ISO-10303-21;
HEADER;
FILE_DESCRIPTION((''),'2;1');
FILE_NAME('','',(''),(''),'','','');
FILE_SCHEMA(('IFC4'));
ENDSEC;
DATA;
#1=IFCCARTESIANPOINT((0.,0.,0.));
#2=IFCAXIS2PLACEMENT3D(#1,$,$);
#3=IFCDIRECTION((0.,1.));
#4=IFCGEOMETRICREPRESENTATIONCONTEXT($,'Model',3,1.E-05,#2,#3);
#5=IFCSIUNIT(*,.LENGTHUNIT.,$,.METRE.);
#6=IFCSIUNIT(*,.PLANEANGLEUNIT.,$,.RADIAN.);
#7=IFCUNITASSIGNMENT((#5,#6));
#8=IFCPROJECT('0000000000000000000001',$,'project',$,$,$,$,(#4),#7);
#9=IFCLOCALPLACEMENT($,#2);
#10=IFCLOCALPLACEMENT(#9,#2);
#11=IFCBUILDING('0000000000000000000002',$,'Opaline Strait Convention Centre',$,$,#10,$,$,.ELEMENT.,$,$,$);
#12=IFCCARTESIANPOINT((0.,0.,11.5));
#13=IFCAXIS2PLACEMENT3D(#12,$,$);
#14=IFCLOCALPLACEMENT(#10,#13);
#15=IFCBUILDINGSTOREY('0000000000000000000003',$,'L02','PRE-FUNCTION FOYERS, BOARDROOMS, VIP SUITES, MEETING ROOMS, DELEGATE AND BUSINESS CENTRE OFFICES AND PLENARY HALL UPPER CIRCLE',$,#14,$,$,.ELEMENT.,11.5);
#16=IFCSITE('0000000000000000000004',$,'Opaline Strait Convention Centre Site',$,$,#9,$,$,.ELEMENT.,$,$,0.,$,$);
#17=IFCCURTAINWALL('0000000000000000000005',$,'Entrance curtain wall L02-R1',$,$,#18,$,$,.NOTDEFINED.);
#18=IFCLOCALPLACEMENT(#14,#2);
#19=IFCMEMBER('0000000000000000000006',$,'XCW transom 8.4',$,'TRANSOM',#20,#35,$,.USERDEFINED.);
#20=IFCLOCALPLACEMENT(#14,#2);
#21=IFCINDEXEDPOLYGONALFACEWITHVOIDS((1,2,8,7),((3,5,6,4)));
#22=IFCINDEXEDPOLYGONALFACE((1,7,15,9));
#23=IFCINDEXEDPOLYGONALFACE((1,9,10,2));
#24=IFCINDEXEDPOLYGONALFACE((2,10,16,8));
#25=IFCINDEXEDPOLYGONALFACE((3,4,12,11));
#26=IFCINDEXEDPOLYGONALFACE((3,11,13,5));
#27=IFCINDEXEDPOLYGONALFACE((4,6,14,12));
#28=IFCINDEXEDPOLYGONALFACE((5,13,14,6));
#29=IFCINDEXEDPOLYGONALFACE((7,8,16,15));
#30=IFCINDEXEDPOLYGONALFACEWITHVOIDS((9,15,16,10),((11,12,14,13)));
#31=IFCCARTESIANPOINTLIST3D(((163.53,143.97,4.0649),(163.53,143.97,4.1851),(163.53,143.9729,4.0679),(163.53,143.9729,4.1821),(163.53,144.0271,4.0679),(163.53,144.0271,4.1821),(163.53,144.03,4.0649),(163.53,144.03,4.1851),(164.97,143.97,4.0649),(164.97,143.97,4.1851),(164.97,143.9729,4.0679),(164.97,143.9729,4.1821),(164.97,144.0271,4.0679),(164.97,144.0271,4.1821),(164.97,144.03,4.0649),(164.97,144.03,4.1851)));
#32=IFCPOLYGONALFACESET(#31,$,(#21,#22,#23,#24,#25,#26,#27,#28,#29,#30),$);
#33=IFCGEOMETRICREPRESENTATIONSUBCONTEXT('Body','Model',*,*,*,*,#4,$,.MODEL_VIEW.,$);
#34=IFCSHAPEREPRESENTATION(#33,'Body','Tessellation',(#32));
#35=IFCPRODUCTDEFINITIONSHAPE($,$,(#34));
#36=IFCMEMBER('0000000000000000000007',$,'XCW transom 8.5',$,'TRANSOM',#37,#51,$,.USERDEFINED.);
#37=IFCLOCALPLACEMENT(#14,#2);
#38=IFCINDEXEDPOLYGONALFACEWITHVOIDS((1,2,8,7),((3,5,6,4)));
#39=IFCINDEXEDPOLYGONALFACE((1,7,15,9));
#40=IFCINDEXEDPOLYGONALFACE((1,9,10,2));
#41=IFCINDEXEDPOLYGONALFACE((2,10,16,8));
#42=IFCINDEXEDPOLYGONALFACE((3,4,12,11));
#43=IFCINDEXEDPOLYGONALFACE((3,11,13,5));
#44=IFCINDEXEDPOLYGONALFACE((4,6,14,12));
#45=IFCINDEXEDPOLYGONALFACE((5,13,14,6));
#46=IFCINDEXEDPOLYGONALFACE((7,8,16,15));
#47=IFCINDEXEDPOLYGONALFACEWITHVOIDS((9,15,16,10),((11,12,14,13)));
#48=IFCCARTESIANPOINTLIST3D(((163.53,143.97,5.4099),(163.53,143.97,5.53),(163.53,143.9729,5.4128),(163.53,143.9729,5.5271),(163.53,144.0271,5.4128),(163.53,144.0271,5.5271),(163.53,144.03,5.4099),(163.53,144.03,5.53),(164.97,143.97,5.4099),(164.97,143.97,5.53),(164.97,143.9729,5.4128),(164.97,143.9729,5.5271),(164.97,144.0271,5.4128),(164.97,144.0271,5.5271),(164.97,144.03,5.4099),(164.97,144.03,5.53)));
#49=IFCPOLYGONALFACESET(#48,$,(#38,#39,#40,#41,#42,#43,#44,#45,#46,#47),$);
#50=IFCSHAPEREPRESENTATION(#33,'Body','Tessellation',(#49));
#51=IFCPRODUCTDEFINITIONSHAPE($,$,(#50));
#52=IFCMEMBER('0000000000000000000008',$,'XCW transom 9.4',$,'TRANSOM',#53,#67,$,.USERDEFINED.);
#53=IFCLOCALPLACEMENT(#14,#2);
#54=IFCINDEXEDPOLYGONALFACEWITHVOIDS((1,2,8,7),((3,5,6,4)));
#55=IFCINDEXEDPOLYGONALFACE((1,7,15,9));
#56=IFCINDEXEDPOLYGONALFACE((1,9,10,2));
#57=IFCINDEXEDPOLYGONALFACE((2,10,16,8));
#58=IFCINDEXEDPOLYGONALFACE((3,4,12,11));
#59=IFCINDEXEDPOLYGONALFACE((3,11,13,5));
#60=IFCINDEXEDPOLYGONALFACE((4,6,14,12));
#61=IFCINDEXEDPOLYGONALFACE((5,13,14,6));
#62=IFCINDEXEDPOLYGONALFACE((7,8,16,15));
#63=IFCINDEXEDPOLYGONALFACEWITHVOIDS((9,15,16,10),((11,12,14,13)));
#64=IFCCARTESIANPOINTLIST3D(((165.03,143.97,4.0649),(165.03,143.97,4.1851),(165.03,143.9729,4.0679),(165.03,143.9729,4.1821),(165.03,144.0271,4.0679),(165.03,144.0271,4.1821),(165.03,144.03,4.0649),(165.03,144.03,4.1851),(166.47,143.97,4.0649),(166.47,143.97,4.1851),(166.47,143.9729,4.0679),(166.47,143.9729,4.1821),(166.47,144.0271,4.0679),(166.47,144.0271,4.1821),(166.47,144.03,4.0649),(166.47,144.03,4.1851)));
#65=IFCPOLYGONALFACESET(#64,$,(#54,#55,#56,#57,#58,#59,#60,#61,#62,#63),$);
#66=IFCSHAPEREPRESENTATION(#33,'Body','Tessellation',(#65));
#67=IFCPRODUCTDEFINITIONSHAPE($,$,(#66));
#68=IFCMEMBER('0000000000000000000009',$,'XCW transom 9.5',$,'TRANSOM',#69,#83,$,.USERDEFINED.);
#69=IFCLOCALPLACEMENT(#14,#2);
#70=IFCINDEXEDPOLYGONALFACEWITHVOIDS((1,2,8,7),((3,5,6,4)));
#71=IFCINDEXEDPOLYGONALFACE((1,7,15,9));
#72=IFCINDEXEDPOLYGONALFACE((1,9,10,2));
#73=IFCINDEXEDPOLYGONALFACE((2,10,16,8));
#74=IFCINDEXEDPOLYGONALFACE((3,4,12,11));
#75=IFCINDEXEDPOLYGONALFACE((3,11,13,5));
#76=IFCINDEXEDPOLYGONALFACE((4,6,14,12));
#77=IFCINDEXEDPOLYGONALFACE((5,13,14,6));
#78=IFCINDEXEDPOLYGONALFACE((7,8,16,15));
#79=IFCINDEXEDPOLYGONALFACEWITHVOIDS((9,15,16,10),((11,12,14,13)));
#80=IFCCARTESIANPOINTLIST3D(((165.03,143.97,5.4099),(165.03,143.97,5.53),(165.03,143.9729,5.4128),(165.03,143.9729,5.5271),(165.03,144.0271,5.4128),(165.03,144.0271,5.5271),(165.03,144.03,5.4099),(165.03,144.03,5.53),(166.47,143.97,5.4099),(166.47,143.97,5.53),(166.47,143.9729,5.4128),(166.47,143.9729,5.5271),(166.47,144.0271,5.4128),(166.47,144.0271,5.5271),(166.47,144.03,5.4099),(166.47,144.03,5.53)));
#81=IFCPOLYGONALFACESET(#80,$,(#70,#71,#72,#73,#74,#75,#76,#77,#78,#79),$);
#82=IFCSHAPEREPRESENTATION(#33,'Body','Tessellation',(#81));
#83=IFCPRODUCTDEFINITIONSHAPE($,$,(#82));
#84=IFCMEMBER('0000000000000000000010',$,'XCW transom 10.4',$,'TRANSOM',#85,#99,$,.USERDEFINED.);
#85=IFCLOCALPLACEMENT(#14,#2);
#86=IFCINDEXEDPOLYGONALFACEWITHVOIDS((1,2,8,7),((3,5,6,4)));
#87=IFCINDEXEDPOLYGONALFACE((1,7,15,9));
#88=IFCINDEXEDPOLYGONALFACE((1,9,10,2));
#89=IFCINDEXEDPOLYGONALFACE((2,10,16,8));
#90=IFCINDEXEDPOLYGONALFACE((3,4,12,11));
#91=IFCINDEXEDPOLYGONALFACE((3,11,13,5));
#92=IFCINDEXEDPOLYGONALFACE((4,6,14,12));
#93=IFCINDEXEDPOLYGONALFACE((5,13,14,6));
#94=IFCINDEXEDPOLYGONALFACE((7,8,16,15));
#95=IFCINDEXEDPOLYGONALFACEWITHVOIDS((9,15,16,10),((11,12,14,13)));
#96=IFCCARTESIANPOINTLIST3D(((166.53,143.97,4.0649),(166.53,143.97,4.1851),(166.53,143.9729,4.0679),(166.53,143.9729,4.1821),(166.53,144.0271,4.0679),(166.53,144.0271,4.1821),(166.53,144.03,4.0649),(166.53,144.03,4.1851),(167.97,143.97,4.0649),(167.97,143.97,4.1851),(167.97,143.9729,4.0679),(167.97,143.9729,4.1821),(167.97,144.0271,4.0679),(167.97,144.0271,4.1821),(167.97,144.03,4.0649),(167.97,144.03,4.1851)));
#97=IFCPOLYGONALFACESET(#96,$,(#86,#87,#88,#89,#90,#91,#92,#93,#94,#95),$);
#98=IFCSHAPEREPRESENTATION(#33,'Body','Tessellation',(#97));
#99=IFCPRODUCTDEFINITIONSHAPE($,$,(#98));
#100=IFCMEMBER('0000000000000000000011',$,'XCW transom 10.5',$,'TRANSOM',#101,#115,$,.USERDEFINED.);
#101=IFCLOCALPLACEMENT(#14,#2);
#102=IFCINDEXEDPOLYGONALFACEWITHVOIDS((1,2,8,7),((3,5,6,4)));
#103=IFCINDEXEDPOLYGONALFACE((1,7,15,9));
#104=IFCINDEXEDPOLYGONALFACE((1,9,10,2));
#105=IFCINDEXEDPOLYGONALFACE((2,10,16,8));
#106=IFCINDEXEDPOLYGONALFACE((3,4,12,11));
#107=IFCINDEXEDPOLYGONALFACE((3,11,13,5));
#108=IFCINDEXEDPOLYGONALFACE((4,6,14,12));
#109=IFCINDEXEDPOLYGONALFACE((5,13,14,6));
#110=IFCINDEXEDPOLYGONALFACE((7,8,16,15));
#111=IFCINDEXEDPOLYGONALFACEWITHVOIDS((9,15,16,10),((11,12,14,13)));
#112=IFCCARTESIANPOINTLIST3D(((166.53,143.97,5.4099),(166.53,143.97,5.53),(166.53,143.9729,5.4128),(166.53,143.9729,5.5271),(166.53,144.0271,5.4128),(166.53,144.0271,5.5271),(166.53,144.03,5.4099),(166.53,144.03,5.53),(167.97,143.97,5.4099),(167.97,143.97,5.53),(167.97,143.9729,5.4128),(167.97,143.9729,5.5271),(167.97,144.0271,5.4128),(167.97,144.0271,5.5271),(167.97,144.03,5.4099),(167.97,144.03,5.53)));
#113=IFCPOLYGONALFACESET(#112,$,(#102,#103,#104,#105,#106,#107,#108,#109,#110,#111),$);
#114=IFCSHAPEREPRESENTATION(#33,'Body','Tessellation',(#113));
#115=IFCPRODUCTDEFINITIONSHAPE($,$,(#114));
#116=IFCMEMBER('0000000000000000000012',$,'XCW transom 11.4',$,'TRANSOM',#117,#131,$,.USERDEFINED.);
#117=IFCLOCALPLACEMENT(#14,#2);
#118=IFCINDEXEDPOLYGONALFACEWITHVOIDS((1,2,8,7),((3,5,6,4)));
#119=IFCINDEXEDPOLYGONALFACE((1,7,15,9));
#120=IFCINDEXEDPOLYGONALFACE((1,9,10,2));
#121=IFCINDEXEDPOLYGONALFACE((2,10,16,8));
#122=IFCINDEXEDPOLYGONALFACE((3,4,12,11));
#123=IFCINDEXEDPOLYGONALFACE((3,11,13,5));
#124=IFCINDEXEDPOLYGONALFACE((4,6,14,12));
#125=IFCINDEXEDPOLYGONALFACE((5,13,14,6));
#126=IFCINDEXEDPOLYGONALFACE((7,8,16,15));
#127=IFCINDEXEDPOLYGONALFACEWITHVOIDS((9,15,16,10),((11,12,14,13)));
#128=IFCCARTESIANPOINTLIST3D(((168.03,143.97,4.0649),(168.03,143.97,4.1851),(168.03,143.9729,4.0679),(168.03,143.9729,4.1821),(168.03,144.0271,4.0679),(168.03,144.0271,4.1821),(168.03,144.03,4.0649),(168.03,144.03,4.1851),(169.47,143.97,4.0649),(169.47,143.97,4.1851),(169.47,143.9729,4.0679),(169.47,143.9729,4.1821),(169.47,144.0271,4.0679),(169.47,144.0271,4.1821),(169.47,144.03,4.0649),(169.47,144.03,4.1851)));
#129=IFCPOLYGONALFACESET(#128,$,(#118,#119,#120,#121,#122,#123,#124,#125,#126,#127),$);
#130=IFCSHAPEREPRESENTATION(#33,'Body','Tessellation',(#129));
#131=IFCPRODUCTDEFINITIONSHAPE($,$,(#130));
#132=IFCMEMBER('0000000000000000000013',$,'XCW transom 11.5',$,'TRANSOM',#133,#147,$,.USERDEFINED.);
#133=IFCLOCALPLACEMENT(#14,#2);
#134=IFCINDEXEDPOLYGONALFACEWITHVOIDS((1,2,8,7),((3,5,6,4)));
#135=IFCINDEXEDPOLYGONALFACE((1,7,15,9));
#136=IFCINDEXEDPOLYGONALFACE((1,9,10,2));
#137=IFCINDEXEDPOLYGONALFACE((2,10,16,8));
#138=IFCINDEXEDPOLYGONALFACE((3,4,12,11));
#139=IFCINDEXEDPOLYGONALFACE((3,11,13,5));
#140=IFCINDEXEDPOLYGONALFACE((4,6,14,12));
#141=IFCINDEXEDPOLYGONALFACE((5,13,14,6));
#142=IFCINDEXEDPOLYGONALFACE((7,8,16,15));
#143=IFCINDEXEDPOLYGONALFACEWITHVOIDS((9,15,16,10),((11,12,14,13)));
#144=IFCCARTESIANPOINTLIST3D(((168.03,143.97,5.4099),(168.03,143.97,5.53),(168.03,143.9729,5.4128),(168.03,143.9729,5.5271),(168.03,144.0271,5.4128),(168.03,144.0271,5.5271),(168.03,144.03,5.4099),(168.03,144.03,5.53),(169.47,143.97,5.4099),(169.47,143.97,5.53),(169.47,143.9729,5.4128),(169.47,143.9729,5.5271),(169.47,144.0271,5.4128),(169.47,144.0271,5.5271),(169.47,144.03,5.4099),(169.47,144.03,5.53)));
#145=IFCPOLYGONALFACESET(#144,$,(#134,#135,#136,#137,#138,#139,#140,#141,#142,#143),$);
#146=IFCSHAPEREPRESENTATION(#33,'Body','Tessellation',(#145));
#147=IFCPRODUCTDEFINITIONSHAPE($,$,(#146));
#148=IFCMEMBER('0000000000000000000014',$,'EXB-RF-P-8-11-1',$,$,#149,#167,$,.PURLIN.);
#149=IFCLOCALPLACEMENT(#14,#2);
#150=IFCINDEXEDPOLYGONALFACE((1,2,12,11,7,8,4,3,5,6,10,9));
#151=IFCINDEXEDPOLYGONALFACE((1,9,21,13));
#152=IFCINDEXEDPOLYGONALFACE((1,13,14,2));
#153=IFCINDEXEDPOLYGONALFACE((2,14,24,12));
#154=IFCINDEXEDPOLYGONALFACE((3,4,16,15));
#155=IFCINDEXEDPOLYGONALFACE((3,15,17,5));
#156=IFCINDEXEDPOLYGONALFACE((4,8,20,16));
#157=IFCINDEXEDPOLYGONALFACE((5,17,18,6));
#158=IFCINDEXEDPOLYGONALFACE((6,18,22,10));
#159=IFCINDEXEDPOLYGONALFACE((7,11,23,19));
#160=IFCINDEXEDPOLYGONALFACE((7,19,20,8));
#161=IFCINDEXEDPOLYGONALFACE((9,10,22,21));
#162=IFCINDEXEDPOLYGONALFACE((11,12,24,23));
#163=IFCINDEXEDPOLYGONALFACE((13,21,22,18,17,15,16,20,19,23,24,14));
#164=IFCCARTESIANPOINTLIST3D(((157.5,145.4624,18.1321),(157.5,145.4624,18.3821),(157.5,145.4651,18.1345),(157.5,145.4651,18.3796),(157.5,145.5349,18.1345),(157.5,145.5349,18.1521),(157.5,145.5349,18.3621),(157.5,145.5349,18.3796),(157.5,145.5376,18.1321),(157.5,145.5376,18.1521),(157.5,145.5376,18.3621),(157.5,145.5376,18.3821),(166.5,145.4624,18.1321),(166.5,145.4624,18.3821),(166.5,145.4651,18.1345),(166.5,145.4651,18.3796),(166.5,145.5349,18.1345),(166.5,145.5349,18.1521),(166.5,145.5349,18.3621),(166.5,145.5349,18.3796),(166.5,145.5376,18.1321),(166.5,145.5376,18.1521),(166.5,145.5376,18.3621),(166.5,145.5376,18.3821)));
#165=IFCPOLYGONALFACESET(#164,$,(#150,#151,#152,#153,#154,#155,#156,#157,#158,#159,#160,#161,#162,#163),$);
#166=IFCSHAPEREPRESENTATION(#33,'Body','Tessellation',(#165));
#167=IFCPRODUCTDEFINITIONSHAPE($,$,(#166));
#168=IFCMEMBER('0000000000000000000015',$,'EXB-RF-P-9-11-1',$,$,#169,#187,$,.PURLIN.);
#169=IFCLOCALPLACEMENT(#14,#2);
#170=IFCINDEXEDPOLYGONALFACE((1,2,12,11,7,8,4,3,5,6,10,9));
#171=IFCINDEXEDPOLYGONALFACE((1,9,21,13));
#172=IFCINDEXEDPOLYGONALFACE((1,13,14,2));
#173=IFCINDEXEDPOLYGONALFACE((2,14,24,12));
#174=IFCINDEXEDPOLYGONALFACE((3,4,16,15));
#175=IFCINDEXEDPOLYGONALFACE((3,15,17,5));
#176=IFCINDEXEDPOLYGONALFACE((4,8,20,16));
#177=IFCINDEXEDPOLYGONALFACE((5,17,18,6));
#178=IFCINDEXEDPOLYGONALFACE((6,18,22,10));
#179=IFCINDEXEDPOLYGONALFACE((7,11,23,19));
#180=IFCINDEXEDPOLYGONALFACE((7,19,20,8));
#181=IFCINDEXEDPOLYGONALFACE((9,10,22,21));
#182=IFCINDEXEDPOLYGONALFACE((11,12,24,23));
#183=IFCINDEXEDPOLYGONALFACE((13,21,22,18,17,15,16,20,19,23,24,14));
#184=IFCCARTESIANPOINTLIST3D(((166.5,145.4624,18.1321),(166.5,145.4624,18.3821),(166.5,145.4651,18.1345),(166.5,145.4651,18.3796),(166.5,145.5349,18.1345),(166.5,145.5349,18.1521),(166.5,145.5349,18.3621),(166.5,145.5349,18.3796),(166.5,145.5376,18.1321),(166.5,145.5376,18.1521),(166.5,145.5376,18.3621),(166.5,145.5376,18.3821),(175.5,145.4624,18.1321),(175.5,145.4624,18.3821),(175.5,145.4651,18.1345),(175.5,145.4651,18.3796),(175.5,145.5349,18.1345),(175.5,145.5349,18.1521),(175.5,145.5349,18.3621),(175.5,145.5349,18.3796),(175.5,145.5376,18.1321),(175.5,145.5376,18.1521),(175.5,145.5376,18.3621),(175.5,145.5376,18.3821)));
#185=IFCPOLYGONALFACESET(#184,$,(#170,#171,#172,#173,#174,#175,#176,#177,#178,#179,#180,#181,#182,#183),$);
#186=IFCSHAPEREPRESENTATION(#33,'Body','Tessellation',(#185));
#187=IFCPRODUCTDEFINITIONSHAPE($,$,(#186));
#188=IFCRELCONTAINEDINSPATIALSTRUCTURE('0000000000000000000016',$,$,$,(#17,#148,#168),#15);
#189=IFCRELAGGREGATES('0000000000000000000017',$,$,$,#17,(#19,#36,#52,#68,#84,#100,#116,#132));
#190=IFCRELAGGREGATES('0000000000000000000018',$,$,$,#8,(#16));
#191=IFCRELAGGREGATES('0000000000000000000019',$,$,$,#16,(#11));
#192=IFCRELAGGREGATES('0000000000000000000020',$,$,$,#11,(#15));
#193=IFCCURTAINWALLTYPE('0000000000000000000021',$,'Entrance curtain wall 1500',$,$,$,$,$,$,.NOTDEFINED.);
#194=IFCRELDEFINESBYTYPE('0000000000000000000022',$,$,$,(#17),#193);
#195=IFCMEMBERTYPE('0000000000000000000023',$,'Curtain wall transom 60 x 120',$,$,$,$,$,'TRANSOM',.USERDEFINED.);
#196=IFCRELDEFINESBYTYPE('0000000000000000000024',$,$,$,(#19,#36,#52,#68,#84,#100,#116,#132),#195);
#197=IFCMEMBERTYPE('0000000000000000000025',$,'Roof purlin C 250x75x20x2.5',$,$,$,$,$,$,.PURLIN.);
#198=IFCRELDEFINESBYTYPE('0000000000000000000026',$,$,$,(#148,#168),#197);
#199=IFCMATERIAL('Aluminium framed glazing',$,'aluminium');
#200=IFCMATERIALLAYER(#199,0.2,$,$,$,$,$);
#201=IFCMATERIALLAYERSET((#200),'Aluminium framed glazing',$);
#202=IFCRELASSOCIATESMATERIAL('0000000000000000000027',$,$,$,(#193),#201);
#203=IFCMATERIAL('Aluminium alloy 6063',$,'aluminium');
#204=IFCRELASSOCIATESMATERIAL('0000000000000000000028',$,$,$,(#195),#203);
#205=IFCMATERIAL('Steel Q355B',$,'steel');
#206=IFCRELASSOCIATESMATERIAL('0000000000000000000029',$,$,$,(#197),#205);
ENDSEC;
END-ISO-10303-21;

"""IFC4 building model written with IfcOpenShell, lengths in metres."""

from ifc_helpers import new_model, si_unit, direction, frame, origin, origin_2d, place, context, subcontext, project, spatial, polyline, hollow_rectangle, outline, extrude, material, layer, layer_set, material_profile, profile_set, type_object, element, aggregate, save


model = new_model("IFC4")

# Units and contexts
model_context = context("Model", 3, precision=1e-05, world=origin(), true_north=direction((0.0, 1.0)))
body_context = subcontext(model_context, "Body", "Model", "MODEL_VIEW")
ifc_project = project(units=[si_unit("LENGTHUNIT", "METRE"), si_unit("PLANEANGLEUNIT", "RADIAN")], contexts=[model_context])

# Site, building, storey
site_placement = place(None, origin())
site = spatial("IfcSite", under=ifc_project, at=site_placement, Name="Opaline Strait Convention Centre Site", CompositionType="ELEMENT", RefElevation=0.0)
building_placement = place(site_placement, origin())
building = spatial("IfcBuilding", under=site, at=building_placement, Name="Opaline Strait Convention Centre", CompositionType="ELEMENT")
storey_placement = place(building_placement, frame((0.0, 0.0, 11.5)))
storey = spatial("IfcBuildingStorey", under=building, at=storey_placement, Name="L02", Description="PRE-FUNCTION FOYERS, BOARDROOMS, VIP SUITES, MEETING ROOMS, DELEGATE AND BUSINESS CENTRE OFFICES AND PLENARY HALL UPPER CIRCLE", CompositionType="ELEMENT", Elevation=11.5)

# Curtain wall, members
ifc_material_1 = material(Name="Aluminium framed glazing", Category="aluminium")
ifc_layer_1 = layer(ifc_material_1, 0.2)
ifc_layer_set_1 = layer_set([ifc_layer_1], Name="Aluminium framed glazing")
curtain_wall_type = type_object("IfcCurtainWallType", Name="Entrance curtain wall 1500", PredefinedType="NOTDEFINED", material=ifc_layer_set_1)
curtain_wall_placement = place(storey_placement, origin())
curtain_wall = element("IfcCurtainWall", 1, at=curtain_wall_placement, inside=storey, type_object=curtain_wall_type, Name="Entrance curtain wall L02-R1", PredefinedType="NOTDEFINED")
ifc_material_2 = material(Name="Aluminium alloy 6063", Category="aluminium")
ifc_material_profile_1 = material_profile(ifc_material_2, hollow_rectangle(XDim=0.0601, YDim=0.1201, WallThickness=0.0029, at=origin_2d()), Name="TRANSOM 60x120x3")
ifc_profile_set_1 = profile_set([ifc_material_profile_1], Name="Aluminium alloy 6063")
member_type_1 = type_object("IfcMemberType", Name="Curtain wall transom 60 x 120", ElementType="TRANSOM", PredefinedType="USERDEFINED", material=ifc_profile_set_1)
member_1_placement = place(storey_placement, frame((163.53, 144.0, 4.125), z_axis=(1.0, 0.0, 0.0), x_axis=(0.0, 1.0, 0.0)))
member_1 = element("IfcMember", 2, at=member_1_placement, type_object=member_type_1, Name="XCW transom 8.4", ObjectType="TRANSOM", PredefinedType="USERDEFINED", context=body_context, shape_type="SweptSolid", body=[
    extrude(hollow_rectangle(XDim=0.0601, YDim=0.1201, WallThickness=0.0029, at=origin_2d()), origin(), (0.0, 0.0, 1.0), 1.4399),
])
member_2_placement = place(storey_placement, frame((163.53, 144.0, 5.47), z_axis=(1.0, 0.0, 0.0), x_axis=(0.0, 1.0, 0.0)))
member_2 = element("IfcMember", 3, at=member_2_placement, type_object=member_type_1, Name="XCW transom 8.5", ObjectType="TRANSOM", PredefinedType="USERDEFINED", context=body_context, shape_type="SweptSolid", body=[
    extrude(hollow_rectangle(XDim=0.0601, YDim=0.1201, WallThickness=0.0029, at=origin_2d()), origin(), (0.0, 0.0, 1.0), 1.4399),
])
member_3_placement = place(storey_placement, frame((165.03, 144.0, 4.125), z_axis=(1.0, 0.0, 0.0), x_axis=(0.0, 1.0, 0.0)))
member_3 = element("IfcMember", 4, at=member_3_placement, type_object=member_type_1, Name="XCW transom 9.4", ObjectType="TRANSOM", PredefinedType="USERDEFINED", context=body_context, shape_type="SweptSolid", body=[
    extrude(hollow_rectangle(XDim=0.0601, YDim=0.1201, WallThickness=0.0029, at=origin_2d()), origin(), (0.0, 0.0, 1.0), 1.4399),
])
member_4_placement = place(storey_placement, frame((165.03, 144.0, 5.47), z_axis=(1.0, 0.0, 0.0), x_axis=(0.0, 1.0, 0.0)))
member_4 = element("IfcMember", 5, at=member_4_placement, type_object=member_type_1, Name="XCW transom 9.5", ObjectType="TRANSOM", PredefinedType="USERDEFINED", context=body_context, shape_type="SweptSolid", body=[
    extrude(hollow_rectangle(XDim=0.0601, YDim=0.1201, WallThickness=0.0029, at=origin_2d()), origin(), (0.0, 0.0, 1.0), 1.4399),
])
member_5_placement = place(storey_placement, frame((166.53, 144.0, 4.125), z_axis=(1.0, 0.0, 0.0), x_axis=(0.0, 1.0, 0.0)))
member_5 = element("IfcMember", 6, at=member_5_placement, type_object=member_type_1, Name="XCW transom 10.4", ObjectType="TRANSOM", PredefinedType="USERDEFINED", context=body_context, shape_type="SweptSolid", body=[
    extrude(hollow_rectangle(XDim=0.0601, YDim=0.1201, WallThickness=0.0029, at=origin_2d()), origin(), (0.0, 0.0, 1.0), 1.4399),
])
member_6_placement = place(storey_placement, frame((166.53, 144.0, 5.47), z_axis=(1.0, 0.0, 0.0), x_axis=(0.0, 1.0, 0.0)))
member_6 = element("IfcMember", 7, at=member_6_placement, type_object=member_type_1, Name="XCW transom 10.5", ObjectType="TRANSOM", PredefinedType="USERDEFINED", context=body_context, shape_type="SweptSolid", body=[
    extrude(hollow_rectangle(XDim=0.0601, YDim=0.1201, WallThickness=0.0029, at=origin_2d()), origin(), (0.0, 0.0, 1.0), 1.4399),
])
member_7_placement = place(storey_placement, frame((168.03, 144.0, 4.125), z_axis=(1.0, 0.0, 0.0), x_axis=(0.0, 1.0, 0.0)))
member_7 = element("IfcMember", 8, at=member_7_placement, type_object=member_type_1, Name="XCW transom 11.4", ObjectType="TRANSOM", PredefinedType="USERDEFINED", context=body_context, shape_type="SweptSolid", body=[
    extrude(hollow_rectangle(XDim=0.0601, YDim=0.1201, WallThickness=0.0029, at=origin_2d()), origin(), (0.0, 0.0, 1.0), 1.4399),
])
member_8_placement = place(storey_placement, frame((168.03, 144.0, 5.47), z_axis=(1.0, 0.0, 0.0), x_axis=(0.0, 1.0, 0.0)))
member_8 = element("IfcMember", 9, at=member_8_placement, type_object=member_type_1, Name="XCW transom 11.5", ObjectType="TRANSOM", PredefinedType="USERDEFINED", context=body_context, shape_type="SweptSolid", body=[
    extrude(hollow_rectangle(XDim=0.0601, YDim=0.1201, WallThickness=0.0029, at=origin_2d()), origin(), (0.0, 0.0, 1.0), 1.4399),
])

# Members
ifc_material_3 = material(Name="Steel Q355B", Category="steel")
ifc_material_profile_2 = material_profile(ifc_material_3, outline(polyline([(-0.0376, -0.125), (0.0376, -0.125), (0.0376, -0.105), (0.0349, -0.105), (0.0349, -0.1226), (-0.0349, -0.1226), (-0.0349, 0.1226), (0.0349, 0.1226), (0.0349, 0.105), (0.0376, 0.105), (0.0376, 0.125), (-0.0376, 0.125), (-0.0376, -0.125)])), Name="C 250x75x20x2.5")
ifc_profile_set_2 = profile_set([ifc_material_profile_2], Name="Steel Q355B")
member_type_2 = type_object("IfcMemberType", Name="Roof purlin C 250x75x20x2.5", PredefinedType="PURLIN", material=ifc_profile_set_2)
for number, where, z_axis, x_axis, name in (
    (10, (157.5, 145.5, 18.2571), (1.0, 0.0, 0.0), (0.0, 1.0, 0.0), "EXB-RF-P-8-11-1"),
    (11, (166.5, 145.5, 18.2571), (1.0, 0.0, 0.0), (0.0, 1.0, 0.0), "EXB-RF-P-9-11-1"),
):
    element("IfcMember", number, at=place(storey_placement, frame(where, z_axis=z_axis, x_axis=x_axis)), inside=storey, type_object=member_type_2, Name=name, PredefinedType="PURLIN", context=body_context, shape_type="SweptSolid", body=[
        extrude(outline(polyline([(-0.0376, -0.125), (0.0376, -0.125), (0.0376, -0.105), (0.0349, -0.105), (0.0349, -0.1226), (-0.0349, -0.1226), (-0.0349, 0.1226), (0.0349, 0.1226), (0.0349, 0.105), (0.0376, 0.105), (0.0376, 0.125), (-0.0376, 0.125), (-0.0376, -0.125)])), origin(), (0.0, 0.0, 1.0), 9.0),
    ])

aggregate(curtain_wall, [member_1, member_2, member_3, member_4, member_5, member_6, member_7, member_8])

save(model, "model.ifc")
